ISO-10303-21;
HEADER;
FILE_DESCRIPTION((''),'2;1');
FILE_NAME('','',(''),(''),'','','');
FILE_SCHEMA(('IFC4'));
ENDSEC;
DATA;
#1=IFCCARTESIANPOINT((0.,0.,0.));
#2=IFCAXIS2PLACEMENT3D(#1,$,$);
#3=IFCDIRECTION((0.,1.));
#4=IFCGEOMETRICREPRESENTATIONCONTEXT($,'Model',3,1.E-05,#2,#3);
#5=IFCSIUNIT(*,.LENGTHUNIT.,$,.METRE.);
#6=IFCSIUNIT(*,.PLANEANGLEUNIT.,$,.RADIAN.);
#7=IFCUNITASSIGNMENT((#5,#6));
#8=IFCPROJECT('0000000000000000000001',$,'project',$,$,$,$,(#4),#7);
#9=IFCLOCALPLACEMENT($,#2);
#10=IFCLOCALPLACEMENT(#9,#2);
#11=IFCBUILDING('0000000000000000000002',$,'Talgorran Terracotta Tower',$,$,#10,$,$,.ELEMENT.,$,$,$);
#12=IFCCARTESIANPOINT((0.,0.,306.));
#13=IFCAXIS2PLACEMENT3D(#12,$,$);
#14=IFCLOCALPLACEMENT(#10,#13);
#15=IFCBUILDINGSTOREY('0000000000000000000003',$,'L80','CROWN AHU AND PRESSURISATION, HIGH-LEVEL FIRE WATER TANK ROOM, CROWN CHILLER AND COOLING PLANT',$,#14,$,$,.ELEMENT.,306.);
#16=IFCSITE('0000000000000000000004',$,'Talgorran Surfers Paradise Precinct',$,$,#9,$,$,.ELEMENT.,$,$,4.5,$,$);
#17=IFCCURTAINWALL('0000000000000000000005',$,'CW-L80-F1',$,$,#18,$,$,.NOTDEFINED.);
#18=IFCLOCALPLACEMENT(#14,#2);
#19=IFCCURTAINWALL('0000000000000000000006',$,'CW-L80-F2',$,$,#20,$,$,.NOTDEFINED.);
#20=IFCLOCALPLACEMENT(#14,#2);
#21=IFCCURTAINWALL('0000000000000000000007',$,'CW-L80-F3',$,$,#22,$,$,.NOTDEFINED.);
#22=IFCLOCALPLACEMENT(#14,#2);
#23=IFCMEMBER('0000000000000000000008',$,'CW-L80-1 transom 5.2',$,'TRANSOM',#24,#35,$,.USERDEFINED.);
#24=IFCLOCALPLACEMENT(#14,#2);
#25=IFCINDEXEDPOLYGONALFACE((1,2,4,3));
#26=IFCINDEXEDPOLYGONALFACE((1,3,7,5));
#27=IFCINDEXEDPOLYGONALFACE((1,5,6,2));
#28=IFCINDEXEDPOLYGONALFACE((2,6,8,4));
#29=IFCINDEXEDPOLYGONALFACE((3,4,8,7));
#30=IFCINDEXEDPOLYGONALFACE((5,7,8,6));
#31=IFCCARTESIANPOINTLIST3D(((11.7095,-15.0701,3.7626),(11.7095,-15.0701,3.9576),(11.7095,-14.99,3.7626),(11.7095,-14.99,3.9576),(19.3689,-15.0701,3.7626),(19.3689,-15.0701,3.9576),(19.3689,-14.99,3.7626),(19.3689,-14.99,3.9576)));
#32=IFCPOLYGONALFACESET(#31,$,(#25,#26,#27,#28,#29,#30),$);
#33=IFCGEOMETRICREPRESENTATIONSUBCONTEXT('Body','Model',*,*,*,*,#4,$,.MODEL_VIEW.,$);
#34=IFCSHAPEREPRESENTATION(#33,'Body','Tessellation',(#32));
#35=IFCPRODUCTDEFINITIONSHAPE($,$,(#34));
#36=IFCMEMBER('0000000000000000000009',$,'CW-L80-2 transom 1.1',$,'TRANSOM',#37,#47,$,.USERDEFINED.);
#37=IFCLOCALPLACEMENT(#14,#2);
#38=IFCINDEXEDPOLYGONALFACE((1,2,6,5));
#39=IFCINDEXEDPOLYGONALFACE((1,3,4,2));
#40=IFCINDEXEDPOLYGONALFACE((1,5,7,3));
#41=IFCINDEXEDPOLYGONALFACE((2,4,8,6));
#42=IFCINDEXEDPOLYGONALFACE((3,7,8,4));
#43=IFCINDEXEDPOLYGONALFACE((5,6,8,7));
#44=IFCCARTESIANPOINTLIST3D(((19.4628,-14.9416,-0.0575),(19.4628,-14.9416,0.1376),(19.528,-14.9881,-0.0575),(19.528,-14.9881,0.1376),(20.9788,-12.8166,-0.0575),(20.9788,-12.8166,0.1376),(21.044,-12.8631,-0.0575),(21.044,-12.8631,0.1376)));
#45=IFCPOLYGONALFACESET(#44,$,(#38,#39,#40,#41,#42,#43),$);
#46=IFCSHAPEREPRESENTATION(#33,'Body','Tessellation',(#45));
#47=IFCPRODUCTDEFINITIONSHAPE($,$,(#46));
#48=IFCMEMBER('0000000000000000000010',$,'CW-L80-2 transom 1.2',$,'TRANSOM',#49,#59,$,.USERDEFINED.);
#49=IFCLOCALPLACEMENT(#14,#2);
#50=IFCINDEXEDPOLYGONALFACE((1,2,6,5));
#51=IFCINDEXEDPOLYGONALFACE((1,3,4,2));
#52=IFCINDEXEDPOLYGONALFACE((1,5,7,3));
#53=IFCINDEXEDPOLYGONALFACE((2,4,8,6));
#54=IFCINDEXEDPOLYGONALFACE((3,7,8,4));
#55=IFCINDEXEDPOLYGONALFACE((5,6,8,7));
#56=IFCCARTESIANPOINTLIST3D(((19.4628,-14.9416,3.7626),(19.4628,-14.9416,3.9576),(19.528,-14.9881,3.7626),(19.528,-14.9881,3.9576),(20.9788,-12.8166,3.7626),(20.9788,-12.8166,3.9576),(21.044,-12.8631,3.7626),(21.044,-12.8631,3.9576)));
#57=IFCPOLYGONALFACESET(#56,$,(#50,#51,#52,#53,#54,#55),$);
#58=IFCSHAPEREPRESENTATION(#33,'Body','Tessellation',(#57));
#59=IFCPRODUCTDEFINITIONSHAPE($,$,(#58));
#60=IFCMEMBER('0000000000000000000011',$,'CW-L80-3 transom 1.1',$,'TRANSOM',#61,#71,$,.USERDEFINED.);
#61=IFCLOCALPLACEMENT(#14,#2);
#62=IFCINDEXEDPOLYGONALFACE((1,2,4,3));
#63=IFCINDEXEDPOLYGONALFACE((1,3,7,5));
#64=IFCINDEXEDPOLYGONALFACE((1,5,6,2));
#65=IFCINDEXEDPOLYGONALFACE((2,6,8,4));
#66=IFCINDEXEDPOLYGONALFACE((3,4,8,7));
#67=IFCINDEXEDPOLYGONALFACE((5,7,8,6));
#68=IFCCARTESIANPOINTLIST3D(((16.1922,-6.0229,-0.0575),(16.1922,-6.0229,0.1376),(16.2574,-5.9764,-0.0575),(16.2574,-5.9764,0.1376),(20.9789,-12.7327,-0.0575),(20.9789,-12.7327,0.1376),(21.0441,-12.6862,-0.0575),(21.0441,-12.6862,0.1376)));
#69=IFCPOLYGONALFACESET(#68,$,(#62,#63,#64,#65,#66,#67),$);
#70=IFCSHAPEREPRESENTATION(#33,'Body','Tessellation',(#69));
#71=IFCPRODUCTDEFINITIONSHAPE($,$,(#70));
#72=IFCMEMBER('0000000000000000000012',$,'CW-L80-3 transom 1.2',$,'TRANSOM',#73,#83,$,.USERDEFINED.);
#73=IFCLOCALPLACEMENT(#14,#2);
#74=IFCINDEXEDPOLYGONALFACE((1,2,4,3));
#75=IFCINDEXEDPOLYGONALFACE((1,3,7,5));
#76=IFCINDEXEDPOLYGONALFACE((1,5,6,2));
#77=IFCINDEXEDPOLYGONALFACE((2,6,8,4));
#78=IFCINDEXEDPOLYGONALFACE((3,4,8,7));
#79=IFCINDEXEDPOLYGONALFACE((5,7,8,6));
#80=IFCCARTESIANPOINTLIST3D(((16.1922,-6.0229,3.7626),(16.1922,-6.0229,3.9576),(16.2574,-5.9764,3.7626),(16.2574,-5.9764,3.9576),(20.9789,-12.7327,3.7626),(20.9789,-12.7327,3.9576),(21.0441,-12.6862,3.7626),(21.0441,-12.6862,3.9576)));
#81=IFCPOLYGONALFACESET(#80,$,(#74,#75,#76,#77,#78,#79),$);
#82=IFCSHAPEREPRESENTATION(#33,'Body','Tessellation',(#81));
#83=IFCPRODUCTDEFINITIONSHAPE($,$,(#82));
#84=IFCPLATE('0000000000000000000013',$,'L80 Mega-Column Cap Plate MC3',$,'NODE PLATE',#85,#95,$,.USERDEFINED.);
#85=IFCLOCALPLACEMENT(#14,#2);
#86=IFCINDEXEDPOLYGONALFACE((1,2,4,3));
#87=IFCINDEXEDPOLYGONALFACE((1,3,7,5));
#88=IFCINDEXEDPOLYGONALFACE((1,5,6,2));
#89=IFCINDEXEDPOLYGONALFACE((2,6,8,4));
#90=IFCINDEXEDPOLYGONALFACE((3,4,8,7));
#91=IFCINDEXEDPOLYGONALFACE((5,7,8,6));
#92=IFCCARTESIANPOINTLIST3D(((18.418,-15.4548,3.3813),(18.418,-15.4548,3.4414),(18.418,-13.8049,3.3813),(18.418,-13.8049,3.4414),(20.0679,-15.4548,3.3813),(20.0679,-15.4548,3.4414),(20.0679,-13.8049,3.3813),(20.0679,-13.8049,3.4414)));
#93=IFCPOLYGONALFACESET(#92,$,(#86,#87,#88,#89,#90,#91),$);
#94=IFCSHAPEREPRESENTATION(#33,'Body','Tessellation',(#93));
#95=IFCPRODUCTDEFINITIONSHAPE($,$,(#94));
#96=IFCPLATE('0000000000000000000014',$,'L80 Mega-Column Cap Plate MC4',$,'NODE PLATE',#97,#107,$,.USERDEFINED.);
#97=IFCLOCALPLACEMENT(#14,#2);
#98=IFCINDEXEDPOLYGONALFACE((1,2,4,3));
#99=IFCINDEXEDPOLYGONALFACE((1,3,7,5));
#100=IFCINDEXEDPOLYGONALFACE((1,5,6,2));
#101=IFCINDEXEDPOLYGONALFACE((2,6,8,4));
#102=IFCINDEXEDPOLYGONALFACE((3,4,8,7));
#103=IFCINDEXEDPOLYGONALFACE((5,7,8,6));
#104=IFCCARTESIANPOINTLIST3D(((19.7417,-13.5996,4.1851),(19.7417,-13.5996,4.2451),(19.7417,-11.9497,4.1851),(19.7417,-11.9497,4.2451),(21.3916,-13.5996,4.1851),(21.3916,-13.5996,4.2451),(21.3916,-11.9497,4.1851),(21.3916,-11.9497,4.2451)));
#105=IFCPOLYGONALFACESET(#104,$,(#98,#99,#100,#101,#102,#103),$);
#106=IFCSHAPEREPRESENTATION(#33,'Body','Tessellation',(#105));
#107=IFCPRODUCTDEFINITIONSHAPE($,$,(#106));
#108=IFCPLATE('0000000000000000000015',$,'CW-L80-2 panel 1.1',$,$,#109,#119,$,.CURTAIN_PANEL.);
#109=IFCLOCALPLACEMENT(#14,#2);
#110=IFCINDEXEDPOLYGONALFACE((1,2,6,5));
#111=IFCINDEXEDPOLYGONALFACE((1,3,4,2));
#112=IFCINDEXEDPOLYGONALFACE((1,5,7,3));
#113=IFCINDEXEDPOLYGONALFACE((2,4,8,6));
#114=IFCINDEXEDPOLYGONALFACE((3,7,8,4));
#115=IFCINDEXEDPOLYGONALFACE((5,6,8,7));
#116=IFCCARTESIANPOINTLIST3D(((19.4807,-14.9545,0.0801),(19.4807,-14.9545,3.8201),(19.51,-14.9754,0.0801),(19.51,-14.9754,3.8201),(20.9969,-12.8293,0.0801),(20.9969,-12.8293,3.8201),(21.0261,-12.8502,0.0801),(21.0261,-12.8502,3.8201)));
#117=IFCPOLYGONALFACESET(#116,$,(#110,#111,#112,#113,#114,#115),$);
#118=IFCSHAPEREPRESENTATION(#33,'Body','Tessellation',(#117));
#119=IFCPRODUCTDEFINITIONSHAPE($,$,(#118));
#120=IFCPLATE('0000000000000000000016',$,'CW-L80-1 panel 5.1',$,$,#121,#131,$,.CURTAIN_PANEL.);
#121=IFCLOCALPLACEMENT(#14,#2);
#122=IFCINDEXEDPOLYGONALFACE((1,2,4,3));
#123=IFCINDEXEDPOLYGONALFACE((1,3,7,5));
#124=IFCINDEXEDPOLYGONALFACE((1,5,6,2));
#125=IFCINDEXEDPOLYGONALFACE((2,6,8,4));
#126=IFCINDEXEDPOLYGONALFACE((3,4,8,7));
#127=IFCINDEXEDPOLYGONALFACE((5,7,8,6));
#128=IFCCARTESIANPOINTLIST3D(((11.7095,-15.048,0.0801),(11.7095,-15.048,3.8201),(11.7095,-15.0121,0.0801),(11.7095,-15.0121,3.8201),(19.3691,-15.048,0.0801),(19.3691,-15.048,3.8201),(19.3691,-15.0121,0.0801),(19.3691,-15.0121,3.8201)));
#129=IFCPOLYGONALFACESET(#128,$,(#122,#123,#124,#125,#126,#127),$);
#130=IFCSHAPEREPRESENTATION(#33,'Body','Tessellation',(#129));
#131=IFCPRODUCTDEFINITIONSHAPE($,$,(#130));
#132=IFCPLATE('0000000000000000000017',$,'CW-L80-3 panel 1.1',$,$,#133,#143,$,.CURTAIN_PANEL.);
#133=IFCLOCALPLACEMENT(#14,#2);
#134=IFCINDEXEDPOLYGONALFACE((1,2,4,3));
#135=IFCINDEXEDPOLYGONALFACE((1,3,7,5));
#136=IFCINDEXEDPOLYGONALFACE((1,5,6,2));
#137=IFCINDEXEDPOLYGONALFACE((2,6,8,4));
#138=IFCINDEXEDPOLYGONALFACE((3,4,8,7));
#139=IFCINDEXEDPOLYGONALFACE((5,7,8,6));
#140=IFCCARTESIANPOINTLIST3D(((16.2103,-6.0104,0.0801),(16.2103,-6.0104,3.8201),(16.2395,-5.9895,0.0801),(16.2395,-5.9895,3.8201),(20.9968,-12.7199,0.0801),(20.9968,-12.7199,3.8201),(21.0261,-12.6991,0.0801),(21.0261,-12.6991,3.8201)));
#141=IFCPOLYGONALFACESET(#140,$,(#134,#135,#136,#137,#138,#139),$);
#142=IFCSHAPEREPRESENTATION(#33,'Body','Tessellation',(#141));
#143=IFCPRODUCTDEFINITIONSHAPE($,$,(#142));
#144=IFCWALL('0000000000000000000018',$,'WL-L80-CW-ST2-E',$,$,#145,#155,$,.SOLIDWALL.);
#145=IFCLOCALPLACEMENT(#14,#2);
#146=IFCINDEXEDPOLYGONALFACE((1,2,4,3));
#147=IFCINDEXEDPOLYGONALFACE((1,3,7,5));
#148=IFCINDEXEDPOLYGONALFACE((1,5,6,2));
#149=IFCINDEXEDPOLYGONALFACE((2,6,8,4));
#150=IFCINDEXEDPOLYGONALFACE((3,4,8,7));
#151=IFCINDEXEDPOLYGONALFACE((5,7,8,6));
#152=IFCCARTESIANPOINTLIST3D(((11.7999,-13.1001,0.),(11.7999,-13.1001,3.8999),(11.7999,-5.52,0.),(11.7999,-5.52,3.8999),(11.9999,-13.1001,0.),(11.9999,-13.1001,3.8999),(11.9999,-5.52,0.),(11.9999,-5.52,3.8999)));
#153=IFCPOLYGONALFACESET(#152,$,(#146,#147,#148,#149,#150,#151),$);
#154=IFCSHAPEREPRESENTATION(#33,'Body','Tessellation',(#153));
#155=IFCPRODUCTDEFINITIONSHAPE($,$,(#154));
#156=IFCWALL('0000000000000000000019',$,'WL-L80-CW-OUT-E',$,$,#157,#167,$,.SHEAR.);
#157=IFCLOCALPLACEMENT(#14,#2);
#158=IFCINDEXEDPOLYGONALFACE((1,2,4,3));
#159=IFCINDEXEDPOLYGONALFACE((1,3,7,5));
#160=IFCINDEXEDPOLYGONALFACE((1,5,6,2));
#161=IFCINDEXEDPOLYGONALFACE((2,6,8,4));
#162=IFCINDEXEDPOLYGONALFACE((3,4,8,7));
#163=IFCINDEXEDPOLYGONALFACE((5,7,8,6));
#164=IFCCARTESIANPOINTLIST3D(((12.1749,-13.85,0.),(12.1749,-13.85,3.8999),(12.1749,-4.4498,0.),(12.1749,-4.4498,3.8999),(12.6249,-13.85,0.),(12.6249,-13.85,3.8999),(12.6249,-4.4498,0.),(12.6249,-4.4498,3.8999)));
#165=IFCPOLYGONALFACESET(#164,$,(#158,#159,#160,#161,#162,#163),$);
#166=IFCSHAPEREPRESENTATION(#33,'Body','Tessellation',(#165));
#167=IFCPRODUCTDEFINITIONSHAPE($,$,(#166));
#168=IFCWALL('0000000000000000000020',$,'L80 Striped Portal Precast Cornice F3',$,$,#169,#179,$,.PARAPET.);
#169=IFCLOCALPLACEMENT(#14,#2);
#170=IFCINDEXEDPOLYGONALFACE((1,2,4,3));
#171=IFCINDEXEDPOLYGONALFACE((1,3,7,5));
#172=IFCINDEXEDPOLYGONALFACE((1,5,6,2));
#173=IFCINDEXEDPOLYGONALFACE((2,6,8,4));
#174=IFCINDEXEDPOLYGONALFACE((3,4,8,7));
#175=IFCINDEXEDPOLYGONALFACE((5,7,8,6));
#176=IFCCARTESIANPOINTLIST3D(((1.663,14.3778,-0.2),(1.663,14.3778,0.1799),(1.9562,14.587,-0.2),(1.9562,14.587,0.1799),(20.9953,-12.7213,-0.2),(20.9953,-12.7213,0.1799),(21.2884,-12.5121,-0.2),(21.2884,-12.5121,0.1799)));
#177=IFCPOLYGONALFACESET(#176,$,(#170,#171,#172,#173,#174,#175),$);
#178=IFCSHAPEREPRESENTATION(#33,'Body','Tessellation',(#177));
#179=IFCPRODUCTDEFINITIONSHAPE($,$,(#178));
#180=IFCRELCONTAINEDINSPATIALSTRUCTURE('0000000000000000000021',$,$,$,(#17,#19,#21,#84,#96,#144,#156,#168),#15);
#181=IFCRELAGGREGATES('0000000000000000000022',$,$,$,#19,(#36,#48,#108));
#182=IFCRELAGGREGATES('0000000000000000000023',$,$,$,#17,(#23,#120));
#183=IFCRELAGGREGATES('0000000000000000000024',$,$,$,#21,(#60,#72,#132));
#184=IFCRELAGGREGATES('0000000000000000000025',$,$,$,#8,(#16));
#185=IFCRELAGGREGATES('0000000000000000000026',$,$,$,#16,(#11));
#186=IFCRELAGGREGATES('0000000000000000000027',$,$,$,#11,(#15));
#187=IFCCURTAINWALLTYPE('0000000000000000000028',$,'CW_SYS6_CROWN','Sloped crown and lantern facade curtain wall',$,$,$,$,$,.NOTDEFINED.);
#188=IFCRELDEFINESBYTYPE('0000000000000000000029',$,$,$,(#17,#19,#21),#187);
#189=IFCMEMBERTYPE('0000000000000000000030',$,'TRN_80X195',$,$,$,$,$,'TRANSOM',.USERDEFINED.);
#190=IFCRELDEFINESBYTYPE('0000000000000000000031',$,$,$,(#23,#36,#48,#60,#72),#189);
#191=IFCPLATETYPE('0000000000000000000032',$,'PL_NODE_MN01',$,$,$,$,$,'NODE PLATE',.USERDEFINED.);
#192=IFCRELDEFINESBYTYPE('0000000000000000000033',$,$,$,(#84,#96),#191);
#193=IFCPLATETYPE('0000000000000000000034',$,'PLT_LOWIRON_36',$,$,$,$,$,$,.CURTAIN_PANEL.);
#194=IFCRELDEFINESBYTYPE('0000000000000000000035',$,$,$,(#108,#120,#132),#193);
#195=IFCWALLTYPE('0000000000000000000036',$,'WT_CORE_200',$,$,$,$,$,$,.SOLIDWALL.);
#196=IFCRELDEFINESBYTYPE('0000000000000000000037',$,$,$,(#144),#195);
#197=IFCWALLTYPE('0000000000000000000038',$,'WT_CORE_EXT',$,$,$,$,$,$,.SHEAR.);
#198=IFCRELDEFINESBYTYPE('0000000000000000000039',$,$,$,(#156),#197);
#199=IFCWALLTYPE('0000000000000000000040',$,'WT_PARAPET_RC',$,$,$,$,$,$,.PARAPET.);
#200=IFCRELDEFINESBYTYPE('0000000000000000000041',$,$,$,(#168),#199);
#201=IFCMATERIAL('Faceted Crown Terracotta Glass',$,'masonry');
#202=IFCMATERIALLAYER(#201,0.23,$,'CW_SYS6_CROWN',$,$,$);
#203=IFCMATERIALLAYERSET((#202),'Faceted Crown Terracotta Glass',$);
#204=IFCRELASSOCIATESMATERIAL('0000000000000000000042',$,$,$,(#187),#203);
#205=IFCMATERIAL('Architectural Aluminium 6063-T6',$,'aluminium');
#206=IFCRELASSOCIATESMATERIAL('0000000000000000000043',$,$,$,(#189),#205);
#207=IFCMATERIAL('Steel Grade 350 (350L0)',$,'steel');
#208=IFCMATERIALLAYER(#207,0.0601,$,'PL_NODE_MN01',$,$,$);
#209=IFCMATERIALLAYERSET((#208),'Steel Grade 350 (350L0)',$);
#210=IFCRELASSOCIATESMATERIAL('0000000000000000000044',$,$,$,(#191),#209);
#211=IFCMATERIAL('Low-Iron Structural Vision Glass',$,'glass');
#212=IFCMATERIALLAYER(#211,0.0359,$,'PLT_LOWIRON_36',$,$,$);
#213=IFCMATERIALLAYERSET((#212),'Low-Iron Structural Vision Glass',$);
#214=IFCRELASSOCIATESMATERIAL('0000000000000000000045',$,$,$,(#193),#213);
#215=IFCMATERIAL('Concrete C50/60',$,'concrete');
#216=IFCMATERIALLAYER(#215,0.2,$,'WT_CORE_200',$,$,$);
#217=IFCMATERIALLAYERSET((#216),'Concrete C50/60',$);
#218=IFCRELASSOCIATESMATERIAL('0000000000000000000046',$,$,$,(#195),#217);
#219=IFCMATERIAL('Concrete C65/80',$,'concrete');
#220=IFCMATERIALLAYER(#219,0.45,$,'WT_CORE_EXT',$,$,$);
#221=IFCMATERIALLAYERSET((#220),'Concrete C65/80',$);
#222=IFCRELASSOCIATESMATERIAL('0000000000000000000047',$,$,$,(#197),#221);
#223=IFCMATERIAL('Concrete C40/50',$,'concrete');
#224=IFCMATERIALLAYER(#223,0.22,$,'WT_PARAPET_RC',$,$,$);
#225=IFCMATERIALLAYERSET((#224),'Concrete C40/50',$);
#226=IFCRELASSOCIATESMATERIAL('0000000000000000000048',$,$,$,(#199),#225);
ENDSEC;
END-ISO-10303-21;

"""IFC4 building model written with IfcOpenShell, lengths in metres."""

from ifc_helpers import new_model, si_unit, direction, frame, frame_2d, origin, origin_2d, place, context, subcontext, project, spatial, rectangle, extrude, source, transform, mapped, material, layer, layer_set, material_profile, profile_set, type_object, type_shapes, element, aggregate, save


model = new_model("IFC4")

# Units and contexts
model_context = context("Model", 3, precision=1e-05, world=origin(), true_north=direction((0.0, 1.0)))
body_context = subcontext(model_context, "Body", "Model", "MODEL_VIEW")
ifc_project = project(units=[si_unit("LENGTHUNIT", "METRE"), si_unit("PLANEANGLEUNIT", "RADIAN")], contexts=[model_context])

# Site, building, storey
site_placement = place(None, origin())
site = spatial("IfcSite", under=ifc_project, at=site_placement, Name="Talgorran Surfers Paradise Precinct", CompositionType="ELEMENT", RefElevation=4.5)
building_placement = place(site_placement, origin())
building = spatial("IfcBuilding", under=site, at=building_placement, Name="Talgorran Terracotta Tower", CompositionType="ELEMENT")
storey_placement = place(building_placement, frame((0.0, 0.0, 306.0)))
storey = spatial("IfcBuildingStorey", under=building, at=storey_placement, Name="L80", Description="CROWN AHU AND PRESSURISATION, HIGH-LEVEL FIRE WATER TANK ROOM, CROWN CHILLER AND COOLING PLANT", CompositionType="ELEMENT", Elevation=306.0)

# Shared definitions
ifc_material_1 = material(Name="Steel Grade 350 (350L0)", Category="steel")

# Curtain wall
ifc_material_2 = material(Name="Faceted Crown Terracotta Glass", Category="masonry")
ifc_layer_1 = layer(ifc_material_2, 0.23, Name="CW_SYS6_CROWN")
ifc_layer_set_1 = layer_set([ifc_layer_1], Name="Faceted Crown Terracotta Glass")
curtain_wall_type = type_object("IfcCurtainWallType", Name="CW_SYS6_CROWN", Description="Sloped crown and lantern facade curtain wall", PredefinedType="NOTDEFINED", material=ifc_layer_set_1)
curtain_wall_1_placement = place(storey_placement, origin())
curtain_wall_1 = element("IfcCurtainWall", 1, at=curtain_wall_1_placement, inside=storey, type_object=curtain_wall_type, Name="CW-L80-F1", PredefinedType="NOTDEFINED")
ifc_material_3 = material(Name="Architectural Aluminium 6063-T6", Category="aluminium")

# Curtain wall
curtain_wall_2_placement = place(storey_placement, origin())
curtain_wall_2 = element("IfcCurtainWall", 2, at=curtain_wall_2_placement, inside=storey, type_object=curtain_wall_type, Name="CW-L80-F2", PredefinedType="NOTDEFINED")

# Curtain wall
curtain_wall_3_placement = place(storey_placement, origin())
curtain_wall_3 = element("IfcCurtainWall", 3, at=curtain_wall_3_placement, inside=storey, type_object=curtain_wall_type, Name="CW-L80-F3", PredefinedType="NOTDEFINED")

# Members
ifc_material_profile_1 = material_profile(ifc_material_3, rectangle(XDim=0.0801, YDim=0.1951, at=origin_2d()), Name="CWT80X195")
ifc_profile_set_1 = profile_set([ifc_material_profile_1], Name="Architectural Aluminium 6063-T6")
member_type_1 = type_object("IfcMemberType", Name="TRN_80X195", ElementType="TRANSOM", PredefinedType="USERDEFINED", material=ifc_profile_set_1)
member_1_placement = place(storey_placement, frame((11.7095, -15.03, 3.8601), z_axis=(1.0, 0.0, 0.0), x_axis=(0.0, 1.0, 0.0)))
member_1 = element("IfcMember", 4, at=member_1_placement, type_object=member_type_1, Name="CW-L80-1 transom 5.2", ObjectType="TRANSOM", PredefinedType="USERDEFINED", context=body_context, shape_type="SweptSolid", body=[
    extrude(rectangle(XDim=0.0801, YDim=0.1951, at=origin_2d()), origin(), (0.0, 0.0, 1.0), 7.6594),
])
member_2_placement = place(storey_placement, frame((19.4954, -14.9648, 0.04), z_axis=(0.580796, 0.814049, 0.0), x_axis=(-0.814049, 0.580796, 0.0)))
member_2 = element("IfcMember", 5, at=member_2_placement, type_object=member_type_1, Name="CW-L80-2 transom 1.1", ObjectType="TRANSOM", PredefinedType="USERDEFINED", context=body_context, shape_type="SweptSolid", body=[
    extrude(rectangle(XDim=0.0801, YDim=0.1951, at=origin_2d()), origin(), (0.0, 0.0, 1.0), 2.6104),
])
member_3_placement = place(storey_placement, frame((19.4954, -14.9648, 3.8601), z_axis=(0.580796, 0.814049, 0.0), x_axis=(-0.814049, 0.580796, 0.0)))
member_3 = element("IfcMember", 6, at=member_3_placement, type_object=member_type_1, Name="CW-L80-2 transom 1.2", ObjectType="TRANSOM", PredefinedType="USERDEFINED", context=body_context, shape_type="SweptSolid", body=[
    extrude(rectangle(XDim=0.0801, YDim=0.1951, at=origin_2d()), origin(), (0.0, 0.0, 1.0), 2.6104),
])
member_4_placement = place(storey_placement, frame((21.0115, -12.7095, 0.04), z_axis=(-0.580753, 0.81408, 0.0), x_axis=(-0.81408, -0.580753, 0.0)))
member_4 = element("IfcMember", 7, at=member_4_placement, type_object=member_type_1, Name="CW-L80-3 transom 1.1", ObjectType="TRANSOM", PredefinedType="USERDEFINED", context=body_context, shape_type="SweptSolid", body=[
    extrude(rectangle(XDim=0.0801, YDim=0.1951, at=origin_2d()), origin(), (0.0, 0.0, 1.0), 8.2422),
])
member_5_placement = place(storey_placement, frame((21.0115, -12.7095, 3.8601), z_axis=(-0.580753, 0.81408, 0.0), x_axis=(-0.81408, -0.580753, 0.0)))
member_5 = element("IfcMember", 8, at=member_5_placement, type_object=member_type_1, Name="CW-L80-3 transom 1.2", ObjectType="TRANSOM", PredefinedType="USERDEFINED", context=body_context, shape_type="SweptSolid", body=[
    extrude(rectangle(XDim=0.0801, YDim=0.1951, at=origin_2d()), origin(), (0.0, 0.0, 1.0), 8.2422),
])

# Plates
ifc_layer_2 = layer(ifc_material_1, 0.0601, Name="PL_NODE_MN01")
ifc_layer_set_2 = layer_set([ifc_layer_2], Name="Steel Grade 350 (350L0)")
plate_type_1 = type_object("IfcPlateType", Name="PL_NODE_MN01", ElementType="NODE PLATE", PredefinedType="USERDEFINED", material=ifc_layer_set_2)
for number, where, z_axis, x_axis, name in (
    (9, (19.2429, -14.6299, 3.3813), (0.0, 0.0, 1.0), (1.0, 0.0, 0.0), "L80 Mega-Column Cap Plate MC3"),
    (10, (20.5667, -12.7747, 4.1851), (0.0, 0.0, 1.0), (1.0, 0.0, 0.0), "L80 Mega-Column Cap Plate MC4"),
):
    element("IfcPlate", number, at=place(storey_placement, frame(where, z_axis=z_axis, x_axis=x_axis)), inside=storey, type_object=plate_type_1, Name=name, ObjectType="NODE PLATE", PredefinedType="USERDEFINED", context=body_context, shape_type="SweptSolid", body=[
        extrude(rectangle(XDim=1.6499, YDim=1.6499, at=origin_2d()), origin(), (0.0, 0.0, 1.0), 0.0601),
    ])

# Plates
ifc_material_4 = material(Name="Low-Iron Structural Vision Glass", Category="glass")
ifc_layer_3 = layer(ifc_material_4, 0.0359, Name="PLT_LOWIRON_36")
ifc_layer_set_3 = layer_set([ifc_layer_3], Name="Low-Iron Structural Vision Glass")
plate_type_2 = type_object("IfcPlateType", Name="PLT_LOWIRON_36", PredefinedType="CURTAIN_PANEL", material=ifc_layer_set_3)
shared_shape_1 = source(origin(), body_context, "Body", "SweptSolid", [
    extrude(rectangle(XDim=2.6106, YDim=0.0359, at=origin_2d()), origin(), (0.0, 0.0, 1.0), 3.74),
])
plate_1_placement = place(storey_placement, frame((20.2534, -13.9023, 0.0801), z_axis=(0.0, 0.0, 1.0), x_axis=(0.58076, 0.814075, 0.0)))
plate_1 = element("IfcPlate", 11, at=plate_1_placement, type_object=plate_type_2, Name="CW-L80-2 panel 1.1", PredefinedType="CURTAIN_PANEL", context=body_context, shape_type="MappedRepresentation", body=[
    mapped(shared_shape_1, transform((0.0, 0.0, 0.0), scale=1.0)),
])
aggregate(curtain_wall_2, [member_2, member_3, plate_1])
shared_shape_2 = source(origin(), body_context, "Body", "SweptSolid", [
    extrude(rectangle(XDim=7.6597, YDim=0.0359, at=origin_2d()), origin(), (0.0, 0.0, 1.0), 3.74),
])
plate_2_placement = place(storey_placement, frame((15.5393, -15.03, 0.0801), z_axis=(0.0, 0.0, 1.0), x_axis=(1.0, 0.0, 0.0)))
plate_2 = element("IfcPlate", 12, at=plate_2_placement, type_object=plate_type_2, Name="CW-L80-1 panel 5.1", PredefinedType="CURTAIN_PANEL", context=body_context, shape_type="MappedRepresentation", body=[
    mapped(shared_shape_2, transform((0.0, 0.0, 0.0), scale=1.0)),
])
aggregate(curtain_wall_1, [member_1, plate_2])
shared_shape_3 = source(origin(), body_context, "Body", "SweptSolid", [
    extrude(rectangle(XDim=8.2419, YDim=0.0359, at=origin_2d()), origin(), (0.0, 0.0, 1.0), 3.74),
])
type_shapes(plate_type_2, [shared_shape_1, shared_shape_2, shared_shape_3])
plate_3_placement = place(storey_placement, frame((18.6182, -9.3547, 0.0801), z_axis=(0.0, 0.0, 1.0), x_axis=(-0.580758, 0.814076, 0.0)))
plate_3 = element("IfcPlate", 13, at=plate_3_placement, type_object=plate_type_2, Name="CW-L80-3 panel 1.1", PredefinedType="CURTAIN_PANEL", context=body_context, shape_type="MappedRepresentation", body=[
    mapped(shared_shape_3, transform((0.0, 0.0, 0.0), scale=1.0)),
])
aggregate(curtain_wall_3, [member_4, member_5, plate_3])

# Walls
ifc_material_5 = material(Name="Concrete C50/60", Category="concrete")
ifc_layer_4 = layer(ifc_material_5, 0.2, Name="WT_CORE_200")
ifc_layer_set_4 = layer_set([ifc_layer_4], Name="Concrete C50/60")
wall_type_1 = type_object("IfcWallType", Name="WT_CORE_200", PredefinedType="SOLIDWALL", material=ifc_layer_set_4)
wall_1_placement = place(storey_placement, frame((11.8999, -13.1001, 0.0), z_axis=(0.0, 0.0, 1.0), x_axis=(0.0, 1.0, 0.0)))
element("IfcWall", 14, at=wall_1_placement, inside=storey, type_object=wall_type_1, Name="WL-L80-CW-ST2-E", PredefinedType="SOLIDWALL", context=body_context, shape_type="SweptSolid", body=[
    extrude(rectangle(XDim=7.5801, YDim=0.2, at=frame_2d((3.79, 0.0))), origin(), (0.0, 0.0, 1.0), 3.8999),
])
ifc_material_6 = material(Name="Concrete C65/80", Category="concrete")
ifc_layer_5 = layer(ifc_material_6, 0.45, Name="WT_CORE_EXT")
ifc_layer_set_5 = layer_set([ifc_layer_5], Name="Concrete C65/80")
wall_type_2 = type_object("IfcWallType", Name="WT_CORE_EXT", PredefinedType="SHEAR", material=ifc_layer_set_5)
wall_2_placement = place(storey_placement, frame((12.3999, -13.8501, 0.0), z_axis=(0.0, 0.0, 1.0), x_axis=(0.0, 1.0, 0.0)))
element("IfcWall", 15, at=wall_2_placement, inside=storey, type_object=wall_type_2, Name="WL-L80-CW-OUT-E", PredefinedType="SHEAR", context=body_context, shape_type="SweptSolid", body=[
    extrude(rectangle(XDim=9.4001, YDim=0.45, at=frame_2d((4.7002, 0.0))), origin(), (0.0, 0.0, 1.0), 3.8999),
])
ifc_material_7 = material(Name="Concrete C40/50", Category="concrete")
ifc_layer_6 = layer(ifc_material_7, 0.22, Name="WT_PARAPET_RC")
ifc_layer_set_6 = layer_set([ifc_layer_6], Name="Concrete C40/50")
wall_type_3 = type_object("IfcWallType", Name="WT_PARAPET_RC", PredefinedType="PARAPET", material=ifc_layer_set_6)
wall_3_placement = place(storey_placement, frame((21.1418, -12.6167, -0.2), z_axis=(0.0, 0.0, 1.0), x_axis=(-0.580756, 0.814078, 0.0)))
element("IfcWall", 16, at=wall_3_placement, inside=storey, type_object=wall_type_3, Name="L80 Striped Portal Precast Cornice F3", PredefinedType="PARAPET", context=body_context, shape_type="SweptSolid", body=[
    extrude(rectangle(XDim=33.2881, YDim=0.3601, at=frame_2d((16.644, 0.0))), origin(), (0.0, 0.0, 1.0), 0.3799),
])

save(model, "model.ifc")
